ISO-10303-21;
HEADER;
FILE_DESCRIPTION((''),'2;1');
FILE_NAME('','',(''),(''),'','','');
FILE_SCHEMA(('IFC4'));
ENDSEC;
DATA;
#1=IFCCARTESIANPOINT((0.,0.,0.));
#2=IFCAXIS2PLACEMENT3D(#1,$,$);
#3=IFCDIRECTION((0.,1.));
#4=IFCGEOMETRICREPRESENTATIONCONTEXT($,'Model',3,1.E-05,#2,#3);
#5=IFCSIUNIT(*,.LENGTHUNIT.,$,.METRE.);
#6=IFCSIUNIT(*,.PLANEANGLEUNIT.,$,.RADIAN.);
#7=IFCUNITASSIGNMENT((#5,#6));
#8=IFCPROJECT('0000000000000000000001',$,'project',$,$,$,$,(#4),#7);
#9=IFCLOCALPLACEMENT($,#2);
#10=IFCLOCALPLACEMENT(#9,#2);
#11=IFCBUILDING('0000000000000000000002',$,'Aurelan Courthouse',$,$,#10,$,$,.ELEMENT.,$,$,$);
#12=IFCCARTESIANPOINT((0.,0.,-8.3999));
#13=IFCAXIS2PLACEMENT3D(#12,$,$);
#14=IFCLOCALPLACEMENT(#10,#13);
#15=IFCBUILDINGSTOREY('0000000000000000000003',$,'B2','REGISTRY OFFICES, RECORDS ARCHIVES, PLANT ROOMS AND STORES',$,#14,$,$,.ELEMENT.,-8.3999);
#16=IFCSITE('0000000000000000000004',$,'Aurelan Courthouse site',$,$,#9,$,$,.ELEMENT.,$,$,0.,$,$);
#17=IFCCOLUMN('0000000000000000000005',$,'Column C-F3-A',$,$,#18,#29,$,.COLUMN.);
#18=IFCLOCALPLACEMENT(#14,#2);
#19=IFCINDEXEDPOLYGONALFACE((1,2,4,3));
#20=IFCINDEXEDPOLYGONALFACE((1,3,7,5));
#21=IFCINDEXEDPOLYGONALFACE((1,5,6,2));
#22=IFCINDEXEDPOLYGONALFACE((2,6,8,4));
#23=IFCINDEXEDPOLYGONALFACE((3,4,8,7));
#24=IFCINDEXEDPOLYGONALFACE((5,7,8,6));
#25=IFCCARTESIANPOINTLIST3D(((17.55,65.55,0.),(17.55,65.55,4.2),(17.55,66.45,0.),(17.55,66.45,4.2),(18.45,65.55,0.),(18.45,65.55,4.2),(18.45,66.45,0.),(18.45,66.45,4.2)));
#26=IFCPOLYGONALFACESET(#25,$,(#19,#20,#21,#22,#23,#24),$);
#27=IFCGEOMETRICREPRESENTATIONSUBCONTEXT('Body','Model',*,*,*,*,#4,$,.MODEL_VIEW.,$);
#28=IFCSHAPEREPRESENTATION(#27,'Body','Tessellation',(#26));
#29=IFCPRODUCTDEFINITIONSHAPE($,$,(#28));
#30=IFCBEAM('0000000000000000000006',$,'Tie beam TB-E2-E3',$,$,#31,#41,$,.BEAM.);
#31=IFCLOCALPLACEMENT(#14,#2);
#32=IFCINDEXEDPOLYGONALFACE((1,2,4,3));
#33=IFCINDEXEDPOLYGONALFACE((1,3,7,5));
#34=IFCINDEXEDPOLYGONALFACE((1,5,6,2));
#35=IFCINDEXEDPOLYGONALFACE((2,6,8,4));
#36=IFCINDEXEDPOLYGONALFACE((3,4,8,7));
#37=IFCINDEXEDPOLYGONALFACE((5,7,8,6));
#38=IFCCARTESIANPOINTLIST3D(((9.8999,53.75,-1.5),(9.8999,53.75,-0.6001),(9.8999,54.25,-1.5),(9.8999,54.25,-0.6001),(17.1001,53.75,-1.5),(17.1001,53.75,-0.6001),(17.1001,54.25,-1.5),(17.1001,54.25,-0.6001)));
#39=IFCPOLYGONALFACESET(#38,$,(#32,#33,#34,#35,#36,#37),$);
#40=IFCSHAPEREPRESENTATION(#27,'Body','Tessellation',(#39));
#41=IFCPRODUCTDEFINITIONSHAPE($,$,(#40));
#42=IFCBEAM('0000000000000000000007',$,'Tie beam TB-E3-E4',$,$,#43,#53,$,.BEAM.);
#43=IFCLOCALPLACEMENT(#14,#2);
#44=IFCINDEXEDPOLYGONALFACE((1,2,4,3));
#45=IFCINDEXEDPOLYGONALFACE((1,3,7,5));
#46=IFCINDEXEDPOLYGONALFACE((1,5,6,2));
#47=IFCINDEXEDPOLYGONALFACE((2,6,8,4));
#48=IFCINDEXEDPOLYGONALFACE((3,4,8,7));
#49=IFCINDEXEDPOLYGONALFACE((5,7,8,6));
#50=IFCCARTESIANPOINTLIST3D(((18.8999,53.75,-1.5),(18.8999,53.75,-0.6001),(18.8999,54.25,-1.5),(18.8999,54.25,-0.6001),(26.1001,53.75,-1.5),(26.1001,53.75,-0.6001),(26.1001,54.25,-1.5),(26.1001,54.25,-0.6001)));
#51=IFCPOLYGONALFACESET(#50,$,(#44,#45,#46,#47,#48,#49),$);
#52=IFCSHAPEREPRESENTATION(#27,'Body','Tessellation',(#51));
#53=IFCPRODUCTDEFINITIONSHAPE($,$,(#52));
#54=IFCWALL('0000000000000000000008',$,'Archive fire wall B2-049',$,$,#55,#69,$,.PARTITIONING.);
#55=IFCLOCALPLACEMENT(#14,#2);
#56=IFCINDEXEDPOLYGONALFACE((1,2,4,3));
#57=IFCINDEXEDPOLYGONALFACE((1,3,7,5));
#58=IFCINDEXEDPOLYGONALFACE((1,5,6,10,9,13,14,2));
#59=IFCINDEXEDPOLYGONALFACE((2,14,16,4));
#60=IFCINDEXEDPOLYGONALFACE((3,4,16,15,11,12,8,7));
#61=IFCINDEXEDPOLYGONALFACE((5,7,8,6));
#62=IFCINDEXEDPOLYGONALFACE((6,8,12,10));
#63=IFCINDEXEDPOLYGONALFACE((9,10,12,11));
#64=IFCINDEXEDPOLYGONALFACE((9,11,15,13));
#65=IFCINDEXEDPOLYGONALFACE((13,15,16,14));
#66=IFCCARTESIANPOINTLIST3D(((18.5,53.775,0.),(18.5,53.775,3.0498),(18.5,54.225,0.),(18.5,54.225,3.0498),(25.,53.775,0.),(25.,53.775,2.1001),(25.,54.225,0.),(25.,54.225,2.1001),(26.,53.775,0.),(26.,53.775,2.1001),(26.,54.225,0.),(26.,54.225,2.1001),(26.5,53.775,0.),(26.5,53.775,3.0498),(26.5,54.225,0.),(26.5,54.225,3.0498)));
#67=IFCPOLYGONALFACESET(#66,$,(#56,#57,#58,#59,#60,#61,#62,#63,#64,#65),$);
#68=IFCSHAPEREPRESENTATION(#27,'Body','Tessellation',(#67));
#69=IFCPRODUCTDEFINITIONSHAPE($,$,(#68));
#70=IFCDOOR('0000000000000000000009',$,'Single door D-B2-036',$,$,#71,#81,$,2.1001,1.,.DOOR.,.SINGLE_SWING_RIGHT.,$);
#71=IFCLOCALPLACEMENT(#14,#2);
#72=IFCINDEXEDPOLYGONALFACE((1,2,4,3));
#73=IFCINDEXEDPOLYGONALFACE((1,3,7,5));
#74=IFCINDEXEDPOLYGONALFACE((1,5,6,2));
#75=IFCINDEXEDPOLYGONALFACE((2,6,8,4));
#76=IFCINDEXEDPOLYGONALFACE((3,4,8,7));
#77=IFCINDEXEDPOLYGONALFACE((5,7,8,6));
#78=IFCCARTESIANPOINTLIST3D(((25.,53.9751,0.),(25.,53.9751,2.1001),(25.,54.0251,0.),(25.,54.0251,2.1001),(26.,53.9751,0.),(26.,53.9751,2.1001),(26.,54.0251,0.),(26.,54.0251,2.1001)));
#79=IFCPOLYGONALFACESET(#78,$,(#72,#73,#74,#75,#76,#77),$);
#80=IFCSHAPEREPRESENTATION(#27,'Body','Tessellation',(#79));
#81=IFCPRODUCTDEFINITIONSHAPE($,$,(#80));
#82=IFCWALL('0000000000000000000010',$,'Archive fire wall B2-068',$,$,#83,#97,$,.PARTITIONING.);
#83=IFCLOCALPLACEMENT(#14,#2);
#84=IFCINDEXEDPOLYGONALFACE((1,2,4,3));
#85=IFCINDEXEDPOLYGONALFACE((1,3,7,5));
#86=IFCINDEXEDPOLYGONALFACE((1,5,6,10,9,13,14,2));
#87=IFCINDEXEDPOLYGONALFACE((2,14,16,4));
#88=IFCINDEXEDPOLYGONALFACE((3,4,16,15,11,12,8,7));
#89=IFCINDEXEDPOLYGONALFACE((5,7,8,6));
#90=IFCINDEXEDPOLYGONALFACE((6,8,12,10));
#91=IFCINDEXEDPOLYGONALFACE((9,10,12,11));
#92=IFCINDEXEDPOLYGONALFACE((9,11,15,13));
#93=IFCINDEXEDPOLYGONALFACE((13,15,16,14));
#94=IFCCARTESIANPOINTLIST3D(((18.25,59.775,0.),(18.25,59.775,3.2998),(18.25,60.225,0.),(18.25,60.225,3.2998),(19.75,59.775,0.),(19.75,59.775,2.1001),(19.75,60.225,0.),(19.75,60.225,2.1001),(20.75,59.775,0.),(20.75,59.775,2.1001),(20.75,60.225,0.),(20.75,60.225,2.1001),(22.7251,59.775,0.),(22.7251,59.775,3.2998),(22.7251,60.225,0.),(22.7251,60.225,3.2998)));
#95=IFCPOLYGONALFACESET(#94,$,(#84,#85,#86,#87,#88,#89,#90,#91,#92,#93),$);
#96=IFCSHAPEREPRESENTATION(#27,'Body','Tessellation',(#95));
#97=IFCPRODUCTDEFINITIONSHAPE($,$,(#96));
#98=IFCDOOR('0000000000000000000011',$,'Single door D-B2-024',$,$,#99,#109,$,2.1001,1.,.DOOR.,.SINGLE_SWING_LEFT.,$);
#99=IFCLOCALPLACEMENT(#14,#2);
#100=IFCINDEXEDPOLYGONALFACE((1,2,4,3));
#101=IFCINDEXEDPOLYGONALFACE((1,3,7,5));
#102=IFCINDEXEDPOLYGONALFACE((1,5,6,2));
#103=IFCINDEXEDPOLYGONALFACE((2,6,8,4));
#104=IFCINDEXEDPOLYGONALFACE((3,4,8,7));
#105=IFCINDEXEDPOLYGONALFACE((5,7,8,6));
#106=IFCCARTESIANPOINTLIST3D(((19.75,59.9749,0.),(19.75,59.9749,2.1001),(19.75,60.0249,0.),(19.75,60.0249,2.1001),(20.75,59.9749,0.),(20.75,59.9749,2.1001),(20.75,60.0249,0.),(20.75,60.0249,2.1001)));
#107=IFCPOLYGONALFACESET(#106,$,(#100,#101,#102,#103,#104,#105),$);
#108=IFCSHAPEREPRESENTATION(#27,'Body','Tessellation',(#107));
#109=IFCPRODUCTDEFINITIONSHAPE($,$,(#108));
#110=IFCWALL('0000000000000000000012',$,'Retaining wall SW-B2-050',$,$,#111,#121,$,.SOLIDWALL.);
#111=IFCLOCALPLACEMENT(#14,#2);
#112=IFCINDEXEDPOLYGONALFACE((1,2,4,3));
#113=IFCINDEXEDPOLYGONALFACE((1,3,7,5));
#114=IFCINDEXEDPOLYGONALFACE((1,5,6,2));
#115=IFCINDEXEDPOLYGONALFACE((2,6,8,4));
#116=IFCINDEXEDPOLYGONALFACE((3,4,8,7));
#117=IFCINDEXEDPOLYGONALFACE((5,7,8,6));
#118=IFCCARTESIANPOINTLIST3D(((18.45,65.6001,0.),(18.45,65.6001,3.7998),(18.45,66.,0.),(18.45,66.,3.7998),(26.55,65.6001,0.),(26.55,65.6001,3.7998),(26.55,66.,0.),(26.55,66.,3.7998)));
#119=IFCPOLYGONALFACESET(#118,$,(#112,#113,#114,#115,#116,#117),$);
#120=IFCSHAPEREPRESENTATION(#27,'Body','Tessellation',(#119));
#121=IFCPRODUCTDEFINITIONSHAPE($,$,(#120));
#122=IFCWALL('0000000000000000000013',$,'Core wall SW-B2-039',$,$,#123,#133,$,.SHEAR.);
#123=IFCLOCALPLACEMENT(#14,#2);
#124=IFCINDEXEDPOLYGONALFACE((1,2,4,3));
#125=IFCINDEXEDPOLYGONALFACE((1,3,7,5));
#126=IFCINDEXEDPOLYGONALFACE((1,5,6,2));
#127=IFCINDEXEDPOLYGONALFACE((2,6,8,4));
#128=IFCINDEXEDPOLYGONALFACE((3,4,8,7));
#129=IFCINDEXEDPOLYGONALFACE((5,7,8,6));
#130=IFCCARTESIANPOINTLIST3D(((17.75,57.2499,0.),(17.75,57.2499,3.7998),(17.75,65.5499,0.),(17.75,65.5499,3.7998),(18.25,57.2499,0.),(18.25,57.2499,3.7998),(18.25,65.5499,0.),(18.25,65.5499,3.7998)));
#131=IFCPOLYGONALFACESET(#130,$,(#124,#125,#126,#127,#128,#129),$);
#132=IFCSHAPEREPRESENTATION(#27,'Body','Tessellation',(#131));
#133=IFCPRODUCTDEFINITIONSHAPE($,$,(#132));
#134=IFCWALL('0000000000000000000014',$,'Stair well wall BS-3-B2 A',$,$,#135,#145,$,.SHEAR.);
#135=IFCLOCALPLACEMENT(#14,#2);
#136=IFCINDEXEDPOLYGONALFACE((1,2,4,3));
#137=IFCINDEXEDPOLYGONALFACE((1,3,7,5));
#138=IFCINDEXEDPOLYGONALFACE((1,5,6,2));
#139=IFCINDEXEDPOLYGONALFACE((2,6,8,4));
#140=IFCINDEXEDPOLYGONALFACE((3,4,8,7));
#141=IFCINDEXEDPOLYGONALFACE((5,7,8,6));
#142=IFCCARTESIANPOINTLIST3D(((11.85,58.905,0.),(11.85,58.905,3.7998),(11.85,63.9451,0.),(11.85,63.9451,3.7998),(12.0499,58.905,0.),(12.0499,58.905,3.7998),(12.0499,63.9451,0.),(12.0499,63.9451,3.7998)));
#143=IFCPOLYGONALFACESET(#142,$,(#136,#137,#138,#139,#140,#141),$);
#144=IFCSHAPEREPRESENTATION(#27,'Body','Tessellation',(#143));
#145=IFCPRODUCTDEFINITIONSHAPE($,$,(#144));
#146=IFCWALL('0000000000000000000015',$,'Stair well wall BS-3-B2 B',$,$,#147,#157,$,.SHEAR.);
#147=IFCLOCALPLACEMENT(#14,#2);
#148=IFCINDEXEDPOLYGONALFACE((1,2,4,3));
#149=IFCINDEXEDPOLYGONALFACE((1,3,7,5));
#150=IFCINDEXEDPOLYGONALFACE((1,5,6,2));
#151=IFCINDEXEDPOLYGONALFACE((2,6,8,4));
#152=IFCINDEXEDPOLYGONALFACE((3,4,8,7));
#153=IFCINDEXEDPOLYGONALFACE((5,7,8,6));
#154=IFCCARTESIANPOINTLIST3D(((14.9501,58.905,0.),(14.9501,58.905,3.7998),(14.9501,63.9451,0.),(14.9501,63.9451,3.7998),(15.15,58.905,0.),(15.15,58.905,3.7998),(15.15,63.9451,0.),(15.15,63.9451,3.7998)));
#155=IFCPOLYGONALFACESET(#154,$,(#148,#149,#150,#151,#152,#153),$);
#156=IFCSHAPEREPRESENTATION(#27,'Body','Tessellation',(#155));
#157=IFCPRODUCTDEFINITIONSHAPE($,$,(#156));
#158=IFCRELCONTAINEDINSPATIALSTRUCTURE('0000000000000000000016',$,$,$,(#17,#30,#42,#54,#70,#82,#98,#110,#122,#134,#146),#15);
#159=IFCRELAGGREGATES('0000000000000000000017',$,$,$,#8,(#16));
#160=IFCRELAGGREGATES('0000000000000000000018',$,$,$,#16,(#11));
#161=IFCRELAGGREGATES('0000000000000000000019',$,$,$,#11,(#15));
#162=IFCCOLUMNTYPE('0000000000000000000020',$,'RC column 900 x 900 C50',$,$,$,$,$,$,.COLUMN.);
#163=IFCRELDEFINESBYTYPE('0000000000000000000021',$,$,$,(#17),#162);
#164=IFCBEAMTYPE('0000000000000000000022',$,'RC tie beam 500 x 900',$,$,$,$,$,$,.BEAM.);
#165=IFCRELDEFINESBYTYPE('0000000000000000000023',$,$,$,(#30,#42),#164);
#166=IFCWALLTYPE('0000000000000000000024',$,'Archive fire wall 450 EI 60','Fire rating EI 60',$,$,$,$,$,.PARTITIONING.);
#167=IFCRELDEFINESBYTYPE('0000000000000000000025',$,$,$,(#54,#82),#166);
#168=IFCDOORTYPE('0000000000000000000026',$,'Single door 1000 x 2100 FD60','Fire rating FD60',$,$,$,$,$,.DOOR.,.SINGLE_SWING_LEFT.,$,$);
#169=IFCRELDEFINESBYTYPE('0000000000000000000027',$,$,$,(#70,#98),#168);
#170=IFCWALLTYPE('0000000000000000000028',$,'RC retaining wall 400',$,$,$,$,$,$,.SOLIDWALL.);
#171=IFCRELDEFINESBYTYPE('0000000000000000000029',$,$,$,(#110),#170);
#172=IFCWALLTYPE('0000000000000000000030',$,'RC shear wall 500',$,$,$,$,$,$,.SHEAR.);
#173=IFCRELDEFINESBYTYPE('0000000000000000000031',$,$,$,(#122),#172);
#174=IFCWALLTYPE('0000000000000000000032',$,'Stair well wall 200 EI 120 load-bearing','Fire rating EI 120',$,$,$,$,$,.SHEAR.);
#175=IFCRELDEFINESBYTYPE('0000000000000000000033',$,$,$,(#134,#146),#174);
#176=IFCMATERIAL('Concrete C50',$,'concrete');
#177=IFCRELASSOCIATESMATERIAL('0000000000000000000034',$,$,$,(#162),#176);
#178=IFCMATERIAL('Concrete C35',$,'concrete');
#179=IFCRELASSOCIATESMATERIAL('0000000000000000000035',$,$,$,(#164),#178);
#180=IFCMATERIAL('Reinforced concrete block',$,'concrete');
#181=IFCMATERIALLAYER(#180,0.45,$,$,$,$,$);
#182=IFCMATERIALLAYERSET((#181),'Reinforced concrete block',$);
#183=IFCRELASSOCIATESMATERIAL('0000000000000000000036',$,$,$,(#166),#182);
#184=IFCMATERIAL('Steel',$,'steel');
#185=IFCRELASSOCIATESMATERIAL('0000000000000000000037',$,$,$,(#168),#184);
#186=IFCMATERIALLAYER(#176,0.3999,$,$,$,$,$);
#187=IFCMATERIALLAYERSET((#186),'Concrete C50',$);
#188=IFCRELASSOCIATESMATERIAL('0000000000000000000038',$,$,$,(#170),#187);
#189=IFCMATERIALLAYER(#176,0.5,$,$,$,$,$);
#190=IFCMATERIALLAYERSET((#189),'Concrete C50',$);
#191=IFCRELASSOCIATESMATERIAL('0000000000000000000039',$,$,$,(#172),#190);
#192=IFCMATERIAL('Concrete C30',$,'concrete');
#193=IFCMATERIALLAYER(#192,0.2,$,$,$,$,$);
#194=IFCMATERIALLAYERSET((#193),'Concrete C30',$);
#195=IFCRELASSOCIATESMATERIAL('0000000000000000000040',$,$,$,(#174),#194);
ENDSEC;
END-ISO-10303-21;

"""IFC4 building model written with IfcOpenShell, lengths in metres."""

from ifc_helpers import new_model, si_unit, direction, frame, frame_2d, origin, origin_2d, place, context, subcontext, project, spatial, rectangle, extrude, material, layer, layer_set, material_profile, profile_set, type_object, element, fill, save


model = new_model("IFC4")

# Units and contexts
model_context = context("Model", 3, precision=1e-05, world=origin(), true_north=direction((0.0, 1.0)))
body_context = subcontext(model_context, "Body", "Model", "MODEL_VIEW")
ifc_project = project(units=[si_unit("LENGTHUNIT", "METRE"), si_unit("PLANEANGLEUNIT", "RADIAN")], contexts=[model_context])

# Site, building, storey
site_placement = place(None, origin())
site = spatial("IfcSite", under=ifc_project, at=site_placement, Name="Aurelan Courthouse site", CompositionType="ELEMENT", RefElevation=0.0)
building_placement = place(site_placement, origin())
building = spatial("IfcBuilding", under=site, at=building_placement, Name="Aurelan Courthouse", CompositionType="ELEMENT")
storey_placement = place(building_placement, frame((0.0, 0.0, -8.3999)))
storey = spatial("IfcBuildingStorey", under=building, at=storey_placement, Name="B2", Description="REGISTRY OFFICES, RECORDS ARCHIVES, PLANT ROOMS AND STORES", CompositionType="ELEMENT", Elevation=-8.3999)

# Shared definitions
ifc_material_1 = material(Name="Concrete C35", Category="concrete")

# Column
ifc_material_2 = material(Name="Concrete C50", Category="concrete")
ifc_material_profile_1 = material_profile(ifc_material_2, rectangle(XDim=0.8999, YDim=0.8999, at=origin_2d()), Name="RC 900 x 900")
ifc_profile_set_1 = profile_set([ifc_material_profile_1], Name="Concrete C50")
column_type_1 = type_object("IfcColumnType", Name="RC column 900 x 900 C50", PredefinedType="COLUMN", material=ifc_profile_set_1)
column_1_placement = place(storey_placement, frame((18.0, 66.0, 0.0), z_axis=(0.0, 0.0, 1.0), x_axis=(1.0, 0.0, 0.0)))
element("IfcColumn", 1, at=column_1_placement, inside=storey, type_object=column_type_1, Name="Column C-F3-A", PredefinedType="COLUMN", context=body_context, shape_type="SweptSolid", body=[
    extrude(rectangle(XDim=0.8999, YDim=0.8999, at=origin_2d()), origin(), (0.0, 0.0, 1.0), 4.2),
])

# Beams
ifc_material_profile_2 = material_profile(ifc_material_1, rectangle(XDim=0.5, YDim=0.8999, at=origin_2d()), Name="RC 500 x 900")
ifc_profile_set_2 = profile_set([ifc_material_profile_2], Name="Concrete C35")
beam_type = type_object("IfcBeamType", Name="RC tie beam 500 x 900", PredefinedType="BEAM", material=ifc_profile_set_2)
for number, where, z_axis, x_axis, name in (
    (2, (9.8999, 54.0, -1.05), (1.0, 0.0, 0.0), (0.0, 1.0, 0.0), "Tie beam TB-E2-E3"),
    (3, (18.8999, 54.0, -1.05), (1.0, 0.0, 0.0), (0.0, 1.0, 0.0), "Tie beam TB-E3-E4"),
):
    element("IfcBeam", number, at=place(storey_placement, frame(where, z_axis=z_axis, x_axis=x_axis)), inside=storey, type_object=beam_type, Name=name, PredefinedType="BEAM", context=body_context, shape_type="SweptSolid", body=[
        extrude(rectangle(XDim=0.5, YDim=0.8999, at=origin_2d()), origin(), (0.0, 0.0, 1.0), 7.2002),
    ])

# Walls, openings, doors
ifc_material_3 = material(Name="Reinforced concrete block", Category="concrete")
ifc_layer_1 = layer(ifc_material_3, 0.45)
ifc_layer_set_1 = layer_set([ifc_layer_1], Name="Reinforced concrete block")
wall_type_1 = type_object("IfcWallType", Name="Archive fire wall 450 EI 60", Description="Fire rating EI 60", PredefinedType="PARTITIONING", material=ifc_layer_set_1)
wall_1_placement = place(storey_placement, frame((18.5, 54.0, 0.0), z_axis=(0.0, 0.0, 1.0), x_axis=(1.0, 0.0, 0.0)))
wall_1 = element("IfcWall", 4, at=wall_1_placement, inside=storey, type_object=wall_type_1, Name="Archive fire wall B2-049", PredefinedType="PARTITIONING", context=body_context, shape_type="SweptSolid", body=[
    extrude(rectangle(XDim=8.0, YDim=0.45, at=frame_2d((4.0, 0.0))), origin(), (0.0, 0.0, 1.0), 3.0498),
])
opening_1_placement = place(wall_1_placement, frame((7.5, 0.0, 0.0), z_axis=(0.0, 0.0, 1.0), x_axis=(-1.0, 0.0, 0.0)))
opening_1 = element("IfcOpeningElement", 5, at=opening_1_placement, cuts=wall_1, PredefinedType="OPENING", context=body_context, shape_type="SweptSolid", body=[
    extrude(rectangle(XDim=1.0, YDim=2.1001, at=frame_2d((0.5, 1.05))), frame((0.0, 0.2349, 0.0), z_axis=(0.0, -1.0, 0.0), x_axis=(1.0, 0.0, 0.0)), (0.0, 0.0, 1.0), 0.47),
])
ifc_material_4 = material(Name="Steel", Category="steel")
door_type = type_object("IfcDoorType", Name="Single door 1000 x 2100 FD60", Description="Fire rating FD60", OperationType="SINGLE_SWING_LEFT", PredefinedType="DOOR", material=ifc_material_4)
door_1_placement = place(opening_1_placement, origin())
door_1 = element("IfcDoor", 6, at=door_1_placement, inside=storey, type_object=door_type, Name="Single door D-B2-036", OperationType="SINGLE_SWING_RIGHT", OverallHeight=2.1001, OverallWidth=1.0, PredefinedType="DOOR", context=body_context, shape_type="SweptSolid", body=[
    extrude(rectangle(XDim=1.0, YDim=2.1001, at=frame_2d((0.5, 1.05))), frame((0.0, 0.0249, 0.0), z_axis=(0.0, -1.0, 0.0), x_axis=(1.0, 0.0, 0.0)), (0.0, 0.0, 1.0), 0.05),
])
fill(opening_1, door_1)
wall_2_placement = place(storey_placement, frame((18.25, 60.0, 0.0), z_axis=(0.0, 0.0, 1.0), x_axis=(1.0, 0.0, 0.0)))
wall_2 = element("IfcWall", 7, at=wall_2_placement, inside=storey, type_object=wall_type_1, Name="Archive fire wall B2-068", PredefinedType="PARTITIONING", context=body_context, shape_type="SweptSolid", body=[
    extrude(rectangle(XDim=4.4751, YDim=0.45, at=frame_2d((2.2375, 0.0))), origin(), (0.0, 0.0, 1.0), 3.2998),
])
opening_2_placement = place(wall_2_placement, frame((1.5, 0.0, 0.0)))
opening_2 = element("IfcOpeningElement", 8, at=opening_2_placement, cuts=wall_2, PredefinedType="OPENING", context=body_context, shape_type="SweptSolid", body=[
    extrude(rectangle(XDim=1.0, YDim=2.1001, at=frame_2d((0.5, 1.05))), frame((0.0, 0.2349, 0.0), z_axis=(0.0, -1.0, 0.0), x_axis=(1.0, 0.0, 0.0)), (0.0, 0.0, 1.0), 0.47),
])
door_2_placement = place(opening_2_placement, origin())
door_2 = element("IfcDoor", 9, at=door_2_placement, inside=storey, type_object=door_type, Name="Single door D-B2-024", OperationType="SINGLE_SWING_LEFT", OverallHeight=2.1001, OverallWidth=1.0, PredefinedType="DOOR", context=body_context, shape_type="SweptSolid", body=[
    extrude(rectangle(XDim=1.0, YDim=2.1001, at=frame_2d((0.5, 1.05))), frame((0.0, 0.0249, 0.0), z_axis=(0.0, -1.0, 0.0), x_axis=(1.0, 0.0, 0.0)), (0.0, 0.0, 1.0), 0.05),
])
fill(opening_2, door_2)

# Walls
ifc_layer_2 = layer(ifc_material_2, 0.3999)
ifc_layer_set_2 = layer_set([ifc_layer_2], Name="Concrete C50")
wall_type_2 = type_object("IfcWallType", Name="RC retaining wall 400", PredefinedType="SOLIDWALL", material=ifc_layer_set_2)
wall_3_placement = place(storey_placement, frame((18.45, 65.8, 0.0), z_axis=(0.0, 0.0, 1.0), x_axis=(1.0, 0.0, 0.0)))
element("IfcWall", 10, at=wall_3_placement, inside=storey, type_object=wall_type_2, Name="Retaining wall SW-B2-050", PredefinedType="SOLIDWALL", context=body_context, shape_type="SweptSolid", body=[
    extrude(rectangle(XDim=8.1001, YDim=0.3999, at=frame_2d((4.05, 0.0))), origin(), (0.0, 0.0, 1.0), 3.7998),
])
ifc_layer_3 = layer(ifc_material_2, 0.5)
ifc_layer_set_3 = layer_set([ifc_layer_3], Name="Concrete C50")
wall_type_3 = type_object("IfcWallType", Name="RC shear wall 500", PredefinedType="SHEAR", material=ifc_layer_set_3)
wall_4_placement = place(storey_placement, frame((18.0, 57.25, 0.0), z_axis=(0.0, 0.0, 1.0), x_axis=(0.0, 1.0, 0.0)))
element("IfcWall", 11, at=wall_4_placement, inside=storey, type_object=wall_type_3, Name="Core wall SW-B2-039", PredefinedType="SHEAR", context=body_context, shape_type="SweptSolid", body=[
    extrude(rectangle(XDim=8.3, YDim=0.5, at=frame_2d((4.1499, 0.0))), origin(), (0.0, 0.0, 1.0), 3.7998),
])
ifc_material_5 = material(Name="Concrete C30", Category="concrete")
ifc_layer_4 = layer(ifc_material_5, 0.2)
ifc_layer_set_4 = layer_set([ifc_layer_4], Name="Concrete C30")
wall_type_4 = type_object("IfcWallType", Name="Stair well wall 200 EI 120 load-bearing", Description="Fire rating EI 120", PredefinedType="SHEAR", material=ifc_layer_set_4)
for number, where, z_axis, x_axis, name in (
    (12, (11.95, 58.905, 0.0), (0.0, 0.0, 1.0), (0.0, 1.0, 0.0), "Stair well wall BS-3-B2 A"),
    (13, (15.05, 58.905, 0.0), (0.0, 0.0, 1.0), (0.0, 1.0, 0.0), "Stair well wall BS-3-B2 B"),
):
    element("IfcWall", number, at=place(storey_placement, frame(where, z_axis=z_axis, x_axis=x_axis)), inside=storey, type_object=wall_type_4, Name=name, PredefinedType="SHEAR", context=body_context, shape_type="SweptSolid", body=[
        extrude(rectangle(XDim=5.04, YDim=0.2, at=frame_2d((2.52, 0.0))), origin(), (0.0, 0.0, 1.0), 3.7998),
    ])

save(model, "model.ifc")
